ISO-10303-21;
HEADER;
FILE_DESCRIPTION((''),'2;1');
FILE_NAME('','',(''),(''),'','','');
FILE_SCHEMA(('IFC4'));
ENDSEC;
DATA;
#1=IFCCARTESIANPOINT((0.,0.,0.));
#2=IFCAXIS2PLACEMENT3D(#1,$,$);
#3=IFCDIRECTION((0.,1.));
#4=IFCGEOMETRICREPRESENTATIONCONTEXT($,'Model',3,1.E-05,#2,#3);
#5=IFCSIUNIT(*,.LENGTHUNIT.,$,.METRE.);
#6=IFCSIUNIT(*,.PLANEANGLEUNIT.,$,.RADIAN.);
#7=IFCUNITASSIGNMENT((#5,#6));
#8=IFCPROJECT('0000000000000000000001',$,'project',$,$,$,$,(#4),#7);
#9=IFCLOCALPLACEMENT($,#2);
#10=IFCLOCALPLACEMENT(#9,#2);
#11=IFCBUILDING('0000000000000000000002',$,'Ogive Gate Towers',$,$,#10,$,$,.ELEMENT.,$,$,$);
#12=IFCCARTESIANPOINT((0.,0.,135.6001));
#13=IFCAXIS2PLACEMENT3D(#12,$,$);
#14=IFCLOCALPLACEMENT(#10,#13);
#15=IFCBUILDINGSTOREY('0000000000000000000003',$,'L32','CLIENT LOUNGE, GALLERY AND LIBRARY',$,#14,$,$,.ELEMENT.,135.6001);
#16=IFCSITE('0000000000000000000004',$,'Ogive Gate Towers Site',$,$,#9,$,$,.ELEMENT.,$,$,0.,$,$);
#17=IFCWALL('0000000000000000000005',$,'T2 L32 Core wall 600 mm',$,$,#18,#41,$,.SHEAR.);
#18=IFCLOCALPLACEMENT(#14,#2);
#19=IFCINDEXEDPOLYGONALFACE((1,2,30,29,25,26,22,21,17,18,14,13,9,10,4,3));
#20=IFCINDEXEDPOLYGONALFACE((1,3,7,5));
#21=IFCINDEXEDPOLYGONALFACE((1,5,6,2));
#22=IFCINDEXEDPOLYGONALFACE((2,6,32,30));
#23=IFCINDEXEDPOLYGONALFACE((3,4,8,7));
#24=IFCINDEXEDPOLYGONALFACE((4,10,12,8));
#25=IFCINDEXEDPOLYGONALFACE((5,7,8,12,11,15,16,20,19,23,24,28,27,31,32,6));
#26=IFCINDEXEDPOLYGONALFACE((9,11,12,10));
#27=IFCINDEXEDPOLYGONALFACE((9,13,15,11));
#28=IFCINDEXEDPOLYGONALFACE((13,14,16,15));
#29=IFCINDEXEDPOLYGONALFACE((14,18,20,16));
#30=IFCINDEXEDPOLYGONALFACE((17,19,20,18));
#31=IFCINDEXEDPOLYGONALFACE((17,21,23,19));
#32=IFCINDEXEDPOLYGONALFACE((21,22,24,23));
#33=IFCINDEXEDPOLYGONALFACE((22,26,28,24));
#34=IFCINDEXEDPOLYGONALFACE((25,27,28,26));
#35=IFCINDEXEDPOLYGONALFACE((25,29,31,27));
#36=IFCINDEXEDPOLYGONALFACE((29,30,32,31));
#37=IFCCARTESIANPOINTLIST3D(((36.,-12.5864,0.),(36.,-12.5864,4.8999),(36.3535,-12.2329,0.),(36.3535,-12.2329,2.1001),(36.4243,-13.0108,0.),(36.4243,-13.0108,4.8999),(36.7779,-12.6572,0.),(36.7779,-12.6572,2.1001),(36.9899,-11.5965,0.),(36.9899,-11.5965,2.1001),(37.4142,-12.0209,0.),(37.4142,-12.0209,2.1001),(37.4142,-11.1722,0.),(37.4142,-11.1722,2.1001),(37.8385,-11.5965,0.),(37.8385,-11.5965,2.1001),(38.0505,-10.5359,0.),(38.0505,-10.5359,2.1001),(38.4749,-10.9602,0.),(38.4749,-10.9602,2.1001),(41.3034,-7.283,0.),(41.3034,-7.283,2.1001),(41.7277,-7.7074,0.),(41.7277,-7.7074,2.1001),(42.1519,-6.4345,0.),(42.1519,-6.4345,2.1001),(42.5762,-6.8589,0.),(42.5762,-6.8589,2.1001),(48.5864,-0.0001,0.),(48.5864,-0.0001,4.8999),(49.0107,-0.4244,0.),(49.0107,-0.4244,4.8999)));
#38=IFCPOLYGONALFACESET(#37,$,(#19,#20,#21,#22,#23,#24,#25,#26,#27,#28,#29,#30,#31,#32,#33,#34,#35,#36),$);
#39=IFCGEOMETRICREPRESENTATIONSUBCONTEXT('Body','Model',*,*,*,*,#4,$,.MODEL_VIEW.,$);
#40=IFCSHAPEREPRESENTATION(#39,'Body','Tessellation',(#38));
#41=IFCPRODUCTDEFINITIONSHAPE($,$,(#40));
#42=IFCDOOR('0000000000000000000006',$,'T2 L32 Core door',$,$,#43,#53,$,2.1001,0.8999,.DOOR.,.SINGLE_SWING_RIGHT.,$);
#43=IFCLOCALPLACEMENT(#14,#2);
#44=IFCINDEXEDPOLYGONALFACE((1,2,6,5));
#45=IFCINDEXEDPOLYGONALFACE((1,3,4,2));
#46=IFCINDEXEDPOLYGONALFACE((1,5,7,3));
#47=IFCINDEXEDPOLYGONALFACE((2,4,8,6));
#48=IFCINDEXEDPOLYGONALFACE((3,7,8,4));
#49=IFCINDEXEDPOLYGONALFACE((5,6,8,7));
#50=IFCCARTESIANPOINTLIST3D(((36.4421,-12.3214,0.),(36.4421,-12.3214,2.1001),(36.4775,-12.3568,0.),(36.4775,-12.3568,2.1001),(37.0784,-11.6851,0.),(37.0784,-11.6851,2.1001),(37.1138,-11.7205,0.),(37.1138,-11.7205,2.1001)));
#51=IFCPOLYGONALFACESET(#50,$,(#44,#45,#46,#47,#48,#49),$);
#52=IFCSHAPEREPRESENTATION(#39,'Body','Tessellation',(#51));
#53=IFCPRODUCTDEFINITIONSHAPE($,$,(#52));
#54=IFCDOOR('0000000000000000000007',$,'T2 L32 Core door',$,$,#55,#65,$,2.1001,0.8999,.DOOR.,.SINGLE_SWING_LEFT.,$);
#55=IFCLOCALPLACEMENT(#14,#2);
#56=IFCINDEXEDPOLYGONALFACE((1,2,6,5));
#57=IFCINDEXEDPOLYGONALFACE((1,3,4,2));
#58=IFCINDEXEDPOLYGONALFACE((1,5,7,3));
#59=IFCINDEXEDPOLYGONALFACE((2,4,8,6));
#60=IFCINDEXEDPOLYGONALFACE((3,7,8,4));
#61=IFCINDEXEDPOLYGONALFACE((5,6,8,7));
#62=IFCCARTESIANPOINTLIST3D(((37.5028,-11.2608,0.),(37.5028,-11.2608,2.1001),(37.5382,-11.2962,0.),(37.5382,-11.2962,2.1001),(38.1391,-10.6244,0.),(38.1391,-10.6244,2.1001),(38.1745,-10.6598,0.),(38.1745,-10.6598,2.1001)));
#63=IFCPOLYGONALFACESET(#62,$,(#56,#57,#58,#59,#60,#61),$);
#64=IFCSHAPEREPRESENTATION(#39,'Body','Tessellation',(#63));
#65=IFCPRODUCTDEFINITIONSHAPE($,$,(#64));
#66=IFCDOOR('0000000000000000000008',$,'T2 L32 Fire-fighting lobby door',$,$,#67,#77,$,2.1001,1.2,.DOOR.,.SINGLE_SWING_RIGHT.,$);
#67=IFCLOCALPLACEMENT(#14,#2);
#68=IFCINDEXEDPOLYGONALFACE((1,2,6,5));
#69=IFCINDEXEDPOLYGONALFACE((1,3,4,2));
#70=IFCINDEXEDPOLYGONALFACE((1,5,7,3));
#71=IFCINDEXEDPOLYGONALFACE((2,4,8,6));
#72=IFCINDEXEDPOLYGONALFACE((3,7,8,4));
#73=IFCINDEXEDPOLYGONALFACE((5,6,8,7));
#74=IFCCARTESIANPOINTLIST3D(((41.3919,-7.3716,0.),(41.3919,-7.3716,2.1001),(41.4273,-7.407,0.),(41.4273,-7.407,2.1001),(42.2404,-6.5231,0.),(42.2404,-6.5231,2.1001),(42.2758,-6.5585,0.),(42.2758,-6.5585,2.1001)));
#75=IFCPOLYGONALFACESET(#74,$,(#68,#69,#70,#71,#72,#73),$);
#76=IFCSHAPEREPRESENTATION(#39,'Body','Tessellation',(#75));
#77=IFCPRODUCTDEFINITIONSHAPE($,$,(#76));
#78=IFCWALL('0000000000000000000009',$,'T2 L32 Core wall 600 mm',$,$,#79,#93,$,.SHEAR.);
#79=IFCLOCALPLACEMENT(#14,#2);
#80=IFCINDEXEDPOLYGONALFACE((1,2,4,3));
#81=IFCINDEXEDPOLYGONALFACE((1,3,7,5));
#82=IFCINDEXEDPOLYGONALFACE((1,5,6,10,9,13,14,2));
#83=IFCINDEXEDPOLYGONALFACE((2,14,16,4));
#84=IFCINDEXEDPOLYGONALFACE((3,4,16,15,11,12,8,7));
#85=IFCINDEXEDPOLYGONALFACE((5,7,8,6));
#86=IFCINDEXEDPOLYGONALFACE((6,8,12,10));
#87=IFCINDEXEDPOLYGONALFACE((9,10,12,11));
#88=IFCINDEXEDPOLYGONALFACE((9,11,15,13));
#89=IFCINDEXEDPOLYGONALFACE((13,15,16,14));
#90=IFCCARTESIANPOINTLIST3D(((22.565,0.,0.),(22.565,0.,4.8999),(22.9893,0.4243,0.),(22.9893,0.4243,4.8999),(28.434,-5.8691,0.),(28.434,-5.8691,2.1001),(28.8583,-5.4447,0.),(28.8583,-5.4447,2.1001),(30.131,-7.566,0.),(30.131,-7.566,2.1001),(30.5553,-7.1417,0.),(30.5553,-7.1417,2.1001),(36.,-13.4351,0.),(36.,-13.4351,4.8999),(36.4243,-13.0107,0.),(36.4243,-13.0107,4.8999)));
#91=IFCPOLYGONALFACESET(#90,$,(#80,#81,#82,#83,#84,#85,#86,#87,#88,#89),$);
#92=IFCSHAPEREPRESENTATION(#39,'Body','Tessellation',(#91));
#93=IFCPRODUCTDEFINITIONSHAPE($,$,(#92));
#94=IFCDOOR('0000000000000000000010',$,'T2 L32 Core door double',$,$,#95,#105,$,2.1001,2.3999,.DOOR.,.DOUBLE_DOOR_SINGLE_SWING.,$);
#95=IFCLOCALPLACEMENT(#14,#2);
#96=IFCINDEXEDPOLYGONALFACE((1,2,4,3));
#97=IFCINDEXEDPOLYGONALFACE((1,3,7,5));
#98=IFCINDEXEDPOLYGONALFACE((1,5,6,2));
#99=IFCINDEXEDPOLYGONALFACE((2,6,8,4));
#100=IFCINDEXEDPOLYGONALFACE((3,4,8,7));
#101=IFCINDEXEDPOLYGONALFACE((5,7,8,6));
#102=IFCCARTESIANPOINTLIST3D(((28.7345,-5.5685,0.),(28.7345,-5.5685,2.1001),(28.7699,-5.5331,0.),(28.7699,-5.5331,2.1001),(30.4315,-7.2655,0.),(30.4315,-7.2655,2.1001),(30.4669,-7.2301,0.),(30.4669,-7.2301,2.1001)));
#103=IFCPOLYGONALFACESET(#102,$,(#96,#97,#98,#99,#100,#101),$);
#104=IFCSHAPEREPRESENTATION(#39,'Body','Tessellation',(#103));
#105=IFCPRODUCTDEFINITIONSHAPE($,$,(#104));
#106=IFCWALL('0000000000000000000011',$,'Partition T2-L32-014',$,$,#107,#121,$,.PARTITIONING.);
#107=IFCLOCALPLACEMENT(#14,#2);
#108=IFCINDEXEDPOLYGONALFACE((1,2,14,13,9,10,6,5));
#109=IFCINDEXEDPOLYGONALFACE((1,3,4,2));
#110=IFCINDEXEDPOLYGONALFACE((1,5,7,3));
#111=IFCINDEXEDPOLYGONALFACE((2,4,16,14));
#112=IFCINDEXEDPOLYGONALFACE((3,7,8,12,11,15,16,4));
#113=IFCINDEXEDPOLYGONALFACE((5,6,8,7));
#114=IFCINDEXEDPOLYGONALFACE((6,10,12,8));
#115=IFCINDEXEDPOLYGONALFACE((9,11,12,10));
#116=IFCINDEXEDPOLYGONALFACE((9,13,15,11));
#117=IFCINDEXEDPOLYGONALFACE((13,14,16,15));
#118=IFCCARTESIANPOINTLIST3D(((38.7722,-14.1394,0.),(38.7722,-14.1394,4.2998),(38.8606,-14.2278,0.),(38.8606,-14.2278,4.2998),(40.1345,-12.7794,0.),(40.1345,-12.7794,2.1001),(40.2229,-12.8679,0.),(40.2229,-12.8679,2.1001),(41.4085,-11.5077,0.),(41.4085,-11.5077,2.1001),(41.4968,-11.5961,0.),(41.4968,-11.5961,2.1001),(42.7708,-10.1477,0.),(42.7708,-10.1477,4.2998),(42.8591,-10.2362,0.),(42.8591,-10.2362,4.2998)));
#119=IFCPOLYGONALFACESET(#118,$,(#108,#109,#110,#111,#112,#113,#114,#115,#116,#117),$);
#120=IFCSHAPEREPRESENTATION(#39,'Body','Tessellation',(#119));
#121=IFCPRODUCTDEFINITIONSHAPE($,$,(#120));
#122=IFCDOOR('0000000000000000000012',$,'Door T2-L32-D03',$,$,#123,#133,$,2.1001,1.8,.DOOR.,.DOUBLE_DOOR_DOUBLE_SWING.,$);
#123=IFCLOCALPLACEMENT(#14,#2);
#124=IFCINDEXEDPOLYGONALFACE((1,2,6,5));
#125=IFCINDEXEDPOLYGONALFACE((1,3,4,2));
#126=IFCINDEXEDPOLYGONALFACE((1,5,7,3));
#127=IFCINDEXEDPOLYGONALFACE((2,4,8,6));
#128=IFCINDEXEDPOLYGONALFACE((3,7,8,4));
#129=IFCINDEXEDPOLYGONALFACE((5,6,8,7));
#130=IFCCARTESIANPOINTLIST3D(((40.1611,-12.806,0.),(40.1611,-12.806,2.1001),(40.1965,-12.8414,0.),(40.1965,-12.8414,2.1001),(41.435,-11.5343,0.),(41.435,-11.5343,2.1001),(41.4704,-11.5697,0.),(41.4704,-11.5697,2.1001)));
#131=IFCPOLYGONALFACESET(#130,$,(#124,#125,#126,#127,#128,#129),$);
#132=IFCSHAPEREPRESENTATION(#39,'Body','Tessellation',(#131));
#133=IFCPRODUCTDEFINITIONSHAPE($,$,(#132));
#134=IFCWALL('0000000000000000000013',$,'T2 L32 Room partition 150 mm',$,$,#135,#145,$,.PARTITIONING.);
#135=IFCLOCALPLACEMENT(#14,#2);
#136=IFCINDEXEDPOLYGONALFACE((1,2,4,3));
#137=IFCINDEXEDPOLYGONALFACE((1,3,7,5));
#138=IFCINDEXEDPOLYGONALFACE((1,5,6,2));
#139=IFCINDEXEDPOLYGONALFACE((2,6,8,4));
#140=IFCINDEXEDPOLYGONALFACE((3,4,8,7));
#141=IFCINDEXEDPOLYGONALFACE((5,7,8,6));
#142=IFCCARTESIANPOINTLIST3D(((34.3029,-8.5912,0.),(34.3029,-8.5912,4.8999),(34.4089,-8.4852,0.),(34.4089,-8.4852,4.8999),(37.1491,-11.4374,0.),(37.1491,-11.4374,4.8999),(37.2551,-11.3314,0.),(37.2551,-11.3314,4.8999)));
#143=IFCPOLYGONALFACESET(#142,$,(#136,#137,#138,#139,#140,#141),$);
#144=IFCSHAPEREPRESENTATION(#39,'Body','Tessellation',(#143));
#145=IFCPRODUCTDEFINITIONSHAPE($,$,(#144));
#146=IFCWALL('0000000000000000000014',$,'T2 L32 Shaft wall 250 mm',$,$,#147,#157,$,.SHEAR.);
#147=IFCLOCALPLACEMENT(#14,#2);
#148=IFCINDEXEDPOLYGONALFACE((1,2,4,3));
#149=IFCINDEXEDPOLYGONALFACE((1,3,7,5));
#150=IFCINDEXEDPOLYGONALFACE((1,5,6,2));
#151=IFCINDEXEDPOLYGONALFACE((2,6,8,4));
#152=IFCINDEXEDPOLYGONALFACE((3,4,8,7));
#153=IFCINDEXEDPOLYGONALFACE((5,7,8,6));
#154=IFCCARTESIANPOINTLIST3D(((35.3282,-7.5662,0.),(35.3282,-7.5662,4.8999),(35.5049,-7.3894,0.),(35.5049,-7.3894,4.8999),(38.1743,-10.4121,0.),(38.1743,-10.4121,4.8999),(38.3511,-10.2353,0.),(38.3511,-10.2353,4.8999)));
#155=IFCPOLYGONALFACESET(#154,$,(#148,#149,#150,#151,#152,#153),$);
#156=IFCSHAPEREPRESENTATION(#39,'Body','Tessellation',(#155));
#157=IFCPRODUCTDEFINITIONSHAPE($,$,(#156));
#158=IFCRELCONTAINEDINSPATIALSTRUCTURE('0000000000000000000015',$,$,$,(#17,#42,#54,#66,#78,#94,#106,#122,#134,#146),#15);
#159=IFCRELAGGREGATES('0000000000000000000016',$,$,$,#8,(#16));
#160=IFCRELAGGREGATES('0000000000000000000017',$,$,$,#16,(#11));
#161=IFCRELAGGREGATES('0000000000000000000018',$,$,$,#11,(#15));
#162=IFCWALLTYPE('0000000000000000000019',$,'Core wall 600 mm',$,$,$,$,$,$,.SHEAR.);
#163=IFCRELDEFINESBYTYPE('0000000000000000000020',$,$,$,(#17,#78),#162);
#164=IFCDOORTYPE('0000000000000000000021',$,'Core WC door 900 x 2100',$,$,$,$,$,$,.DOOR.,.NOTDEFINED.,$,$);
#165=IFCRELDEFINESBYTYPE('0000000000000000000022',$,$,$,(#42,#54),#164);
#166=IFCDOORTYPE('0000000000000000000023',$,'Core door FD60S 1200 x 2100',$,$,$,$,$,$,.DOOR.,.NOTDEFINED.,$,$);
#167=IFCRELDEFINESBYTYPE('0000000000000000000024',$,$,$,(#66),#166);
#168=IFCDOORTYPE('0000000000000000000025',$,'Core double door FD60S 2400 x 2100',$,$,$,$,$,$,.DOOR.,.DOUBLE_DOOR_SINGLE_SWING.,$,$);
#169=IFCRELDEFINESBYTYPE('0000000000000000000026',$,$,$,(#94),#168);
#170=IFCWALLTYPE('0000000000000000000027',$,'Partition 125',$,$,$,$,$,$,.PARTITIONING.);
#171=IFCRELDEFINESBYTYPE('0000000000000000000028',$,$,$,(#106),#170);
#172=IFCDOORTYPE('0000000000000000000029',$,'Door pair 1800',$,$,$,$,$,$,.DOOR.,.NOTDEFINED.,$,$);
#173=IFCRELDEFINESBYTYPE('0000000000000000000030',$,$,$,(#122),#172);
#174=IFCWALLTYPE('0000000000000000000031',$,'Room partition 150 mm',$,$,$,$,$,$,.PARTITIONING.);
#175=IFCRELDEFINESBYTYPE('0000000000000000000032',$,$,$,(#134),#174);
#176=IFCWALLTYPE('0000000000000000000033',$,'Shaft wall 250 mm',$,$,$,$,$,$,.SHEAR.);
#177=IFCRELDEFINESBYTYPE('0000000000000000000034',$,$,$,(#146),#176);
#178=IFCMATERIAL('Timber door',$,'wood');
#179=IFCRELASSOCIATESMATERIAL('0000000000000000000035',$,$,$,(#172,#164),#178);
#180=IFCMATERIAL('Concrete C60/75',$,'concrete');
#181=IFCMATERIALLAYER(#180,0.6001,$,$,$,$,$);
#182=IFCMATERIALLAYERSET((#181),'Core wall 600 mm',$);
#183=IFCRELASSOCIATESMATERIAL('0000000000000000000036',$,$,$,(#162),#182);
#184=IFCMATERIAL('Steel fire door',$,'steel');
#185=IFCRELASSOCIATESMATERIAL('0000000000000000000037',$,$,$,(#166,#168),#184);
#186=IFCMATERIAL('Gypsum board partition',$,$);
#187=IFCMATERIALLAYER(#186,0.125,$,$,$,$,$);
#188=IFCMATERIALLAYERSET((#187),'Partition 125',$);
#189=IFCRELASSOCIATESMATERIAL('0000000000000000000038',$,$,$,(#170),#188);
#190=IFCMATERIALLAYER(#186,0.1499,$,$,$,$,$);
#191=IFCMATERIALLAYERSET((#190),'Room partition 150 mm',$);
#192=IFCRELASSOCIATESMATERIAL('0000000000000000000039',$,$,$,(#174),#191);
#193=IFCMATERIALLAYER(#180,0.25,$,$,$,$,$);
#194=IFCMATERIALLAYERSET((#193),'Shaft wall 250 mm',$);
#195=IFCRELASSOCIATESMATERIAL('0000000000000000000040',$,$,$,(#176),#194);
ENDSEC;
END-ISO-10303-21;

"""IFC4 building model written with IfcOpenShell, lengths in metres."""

from ifc_helpers import new_model, si_unit, direction, frame, frame_2d, origin, place, context, subcontext, project, spatial, rectangle, extrude, material, layer, layer_set, type_object, element, fill, save


model = new_model("IFC4")

# Units and contexts
model_context = context("Model", 3, precision=1e-05, world=origin(), true_north=direction((0.0, 1.0)))
body_context = subcontext(model_context, "Body", "Model", "MODEL_VIEW")
ifc_project = project(units=[si_unit("LENGTHUNIT", "METRE"), si_unit("PLANEANGLEUNIT", "RADIAN")], contexts=[model_context])

# Site, building, storey
site_placement = place(None, origin())
site = spatial("IfcSite", under=ifc_project, at=site_placement, Name="Ogive Gate Towers Site", CompositionType="ELEMENT", RefElevation=0.0)
building_placement = place(site_placement, origin())
building = spatial("IfcBuilding", under=site, at=building_placement, Name="Ogive Gate Towers", CompositionType="ELEMENT")
storey_placement = place(building_placement, frame((0.0, 0.0, 135.6001)))
storey = spatial("IfcBuildingStorey", under=building, at=storey_placement, Name="L32", Description="CLIENT LOUNGE, GALLERY AND LIBRARY", CompositionType="ELEMENT", Elevation=135.6001)

# Shared definitions
ifc_material_1 = material(Name="Timber door", Category="wood")
door_type_1 = type_object("IfcDoorType", Name="Door pair 1800", OperationType="NOTDEFINED", PredefinedType="DOOR", material=ifc_material_1)

# Wall, openings, doors
ifc_material_2 = material(Name="Concrete C60/75", Category="concrete")
ifc_layer_1 = layer(ifc_material_2, 0.6001)
ifc_layer_set_1 = layer_set([ifc_layer_1], Name="Core wall 600 mm")
wall_type_1 = type_object("IfcWallType", Name="Core wall 600 mm", PredefinedType="SHEAR", material=ifc_layer_set_1)
wall_1_placement = place(storey_placement, frame((36.2122, -12.7986, 0.0), z_axis=(0.0, 0.0, 1.0), x_axis=(0.707107, 0.707107, 0.0)))
wall_1 = element("IfcWall", 1, at=wall_1_placement, inside=storey, type_object=wall_type_1, Name="T2 L32 Core wall 600 mm", PredefinedType="SHEAR", context=body_context, shape_type="SweptSolid", body=[
    extrude(rectangle(XDim=17.7998, YDim=0.6001, at=frame_2d((8.8999, 0.0))), origin(), (0.0, 0.0, 1.0), 4.8999),
])
opening_1_placement = place(wall_1_placement, frame((7.5, 0.0, 0.0)))
opening_1 = element("IfcOpeningElement", 2, at=opening_1_placement, cuts=wall_1, PredefinedType="OPENING", context=body_context, shape_type="SweptSolid", body=[
    extrude(rectangle(XDim=1.2, YDim=2.1001, at=frame_2d((0.6001, 1.05))), frame((0.0, 0.3101, 0.0), z_axis=(0.0, -1.0, 0.0), x_axis=(1.0, 0.0, 0.0)), (0.0, 0.0, 1.0), 0.6201),
])
opening_2_placement = place(wall_1_placement, frame((0.5, 0.0, 0.0)))
opening_2 = element("IfcOpeningElement", 3, at=opening_2_placement, cuts=wall_1, PredefinedType="OPENING", context=body_context, shape_type="SweptSolid", body=[
    extrude(rectangle(XDim=0.8999, YDim=2.1001, at=frame_2d((0.45, 1.05))), frame((0.0, 0.3101, 0.0), z_axis=(0.0, -1.0, 0.0), x_axis=(1.0, 0.0, 0.0)), (0.0, 0.0, 1.0), 0.6201),
])
opening_3_placement = place(wall_1_placement, frame((2.0, 0.0, 0.0)))
opening_3 = element("IfcOpeningElement", 4, at=opening_3_placement, cuts=wall_1, PredefinedType="OPENING", context=body_context, shape_type="SweptSolid", body=[
    extrude(rectangle(XDim=0.8999, YDim=2.1001, at=frame_2d((0.45, 1.05))), frame((0.0, 0.3101, 0.0), z_axis=(0.0, -1.0, 0.0), x_axis=(1.0, 0.0, 0.0)), (0.0, 0.0, 1.0), 0.6201),
])
door_type_2 = type_object("IfcDoorType", Name="Core WC door 900 x 2100", OperationType="NOTDEFINED", PredefinedType="DOOR", material=ifc_material_1)
door_1_placement = place(opening_2_placement, origin())
door_1 = element("IfcDoor", 5, at=door_1_placement, inside=storey, type_object=door_type_2, Name="T2 L32 Core door", OperationType="SINGLE_SWING_RIGHT", OverallHeight=2.1001, OverallWidth=0.8999, PredefinedType="DOOR", context=body_context, shape_type="SweptSolid", body=[
    extrude(rectangle(XDim=0.8999, YDim=2.1001, at=frame_2d((0.45, 1.05))), frame((0.0, 0.1748, 0.0), z_axis=(0.0, -1.0, 0.0), x_axis=(1.0, 0.0, 0.0)), (0.0, 0.0, 1.0), 0.05),
])
fill(opening_2, door_1)
door_2_placement = place(opening_3_placement, origin())
door_2 = element("IfcDoor", 6, at=door_2_placement, inside=storey, type_object=door_type_2, Name="T2 L32 Core door", OperationType="SINGLE_SWING_LEFT", OverallHeight=2.1001, OverallWidth=0.8999, PredefinedType="DOOR", context=body_context, shape_type="SweptSolid", body=[
    extrude(rectangle(XDim=0.8999, YDim=2.1001, at=frame_2d((0.45, 1.05))), frame((0.0, 0.1748, 0.0), z_axis=(0.0, -1.0, 0.0), x_axis=(1.0, 0.0, 0.0)), (0.0, 0.0, 1.0), 0.05),
])
fill(opening_3, door_2)
ifc_material_3 = material(Name="Steel fire door", Category="steel")
door_type_3 = type_object("IfcDoorType", Name="Core door FD60S 1200 x 2100", OperationType="NOTDEFINED", PredefinedType="DOOR", material=ifc_material_3)
door_3_placement = place(opening_1_placement, origin())
door_3 = element("IfcDoor", 7, at=door_3_placement, inside=storey, type_object=door_type_3, Name="T2 L32 Fire-fighting lobby door", OperationType="SINGLE_SWING_RIGHT", OverallHeight=2.1001, OverallWidth=1.2, PredefinedType="DOOR", context=body_context, shape_type="SweptSolid", body=[
    extrude(rectangle(XDim=1.2, YDim=2.1001, at=frame_2d((0.6001, 1.05))), frame((0.0, 0.1748, 0.0), z_axis=(0.0, -1.0, 0.0), x_axis=(1.0, 0.0, 0.0)), (0.0, 0.0, 1.0), 0.05),
])
fill(opening_1, door_3)

# Walls, openings, doors
wall_2_placement = place(storey_placement, frame((36.2122, -13.2229, 0.0), z_axis=(0.0, 0.0, 1.0), x_axis=(-0.707107, 0.707107, 0.0)))
wall_2 = element("IfcWall", 8, at=wall_2_placement, inside=storey, type_object=wall_type_1, Name="T2 L32 Core wall 600 mm", PredefinedType="SHEAR", context=body_context, shape_type="SweptSolid", body=[
    extrude(rectangle(XDim=19.0, YDim=0.6001, at=frame_2d((9.5, 0.0))), origin(), (0.0, 0.0, 1.0), 4.8999),
])
opening_4_placement = place(wall_2_placement, frame((8.3, 0.0, 0.0)))
opening_4 = element("IfcOpeningElement", 9, at=opening_4_placement, cuts=wall_2, PredefinedType="OPENING", context=body_context, shape_type="SweptSolid", body=[
    extrude(rectangle(XDim=2.3999, YDim=2.1001, at=frame_2d((1.2, 1.05))), frame((0.0, 0.3101, 0.0), z_axis=(0.0, -1.0, 0.0), x_axis=(1.0, 0.0, 0.0)), (0.0, 0.0, 1.0), 0.6201),
])
door_type_4 = type_object("IfcDoorType", Name="Core double door FD60S 2400 x 2100", OperationType="DOUBLE_DOOR_SINGLE_SWING", PredefinedType="DOOR", material=ifc_material_3)
door_4_placement = place(opening_4_placement, origin())
door_4 = element("IfcDoor", 10, at=door_4_placement, inside=storey, type_object=door_type_4, Name="T2 L32 Core door double", OperationType="DOUBLE_DOOR_SINGLE_SWING", OverallHeight=2.1001, OverallWidth=2.3999, PredefinedType="DOOR", context=body_context, shape_type="SweptSolid", body=[
    extrude(rectangle(XDim=2.3999, YDim=2.1001, at=frame_2d((1.2, 1.05))), frame((0.0, -0.125, 0.0), z_axis=(0.0, -1.0, 0.0), x_axis=(1.0, 0.0, 0.0)), (0.0, 0.0, 1.0), 0.05),
])
fill(opening_4, door_4)
ifc_material_4 = material(Name="Gypsum board partition")
ifc_layer_2 = layer(ifc_material_4, 0.125)
ifc_layer_set_2 = layer_set([ifc_layer_2], Name="Partition 125")
wall_type_2 = type_object("IfcWallType", Name="Partition 125", PredefinedType="PARTITIONING", material=ifc_layer_set_2)
wall_3_placement = place(storey_placement, frame((38.8164, -14.1836, 0.0), z_axis=(0.0, 0.0, 1.0), x_axis=(0.707711, 0.706502, 0.0)))
wall_3 = element("IfcWall", 11, at=wall_3_placement, inside=storey, type_object=wall_type_2, Name="Partition T2-L32-014", PredefinedType="PARTITIONING", context=body_context, shape_type="SweptSolid", body=[
    extrude(rectangle(XDim=5.6499, YDim=0.125, at=frame_2d((2.825, 0.0))), origin(), (0.0, 0.0, 1.0), 4.2998),
])
opening_5_placement = place(wall_3_placement, frame((1.925, 0.0, 0.0)))
opening_5 = element("IfcOpeningElement", 12, at=opening_5_placement, cuts=wall_3, PredefinedType="OPENING", context=body_context, shape_type="SweptSolid", body=[
    extrude(rectangle(XDim=1.8, YDim=2.1001, at=frame_2d((0.8999, 1.05))), frame((0.0, 0.0725, 0.0), z_axis=(0.0, -1.0, 0.0), x_axis=(1.0, 0.0, 0.0)), (0.0, 0.0, 1.0), 0.145),
])
door_5_placement = place(opening_5_placement, origin())
door_5 = element("IfcDoor", 13, at=door_5_placement, inside=storey, type_object=door_type_1, Name="Door T2-L32-D03", OperationType="DOUBLE_DOOR_DOUBLE_SWING", OverallHeight=2.1001, OverallWidth=1.8, PredefinedType="DOOR", context=body_context, shape_type="SweptSolid", body=[
    extrude(rectangle(XDim=1.8, YDim=2.1001, at=frame_2d((0.8999, 1.05))), frame((0.0, 0.0249, 0.0), z_axis=(0.0, -1.0, 0.0), x_axis=(1.0, 0.0, 0.0)), (0.0, 0.0, 1.0), 0.05),
])
fill(opening_5, door_5)

# Walls
ifc_layer_3 = layer(ifc_material_4, 0.1499)
ifc_layer_set_3 = layer_set([ifc_layer_3], Name="Room partition 150 mm")
wall_type_3 = type_object("IfcWallType", Name="Room partition 150 mm", PredefinedType="PARTITIONING", material=ifc_layer_set_3)
wall_4_placement = place(storey_placement, frame((37.2021, -11.3845, 0.0), z_axis=(0.0, 0.0, 1.0), x_axis=(-0.707107, 0.707107, 0.0)))
element("IfcWall", 14, at=wall_4_placement, inside=storey, type_object=wall_type_3, Name="T2 L32 Room partition 150 mm", PredefinedType="PARTITIONING", context=body_context, shape_type="SweptSolid", body=[
    extrude(rectangle(XDim=4.0251, YDim=0.1499, at=frame_2d((2.0127, 0.0))), origin(), (0.0, 0.0, 1.0), 4.8999),
])
ifc_layer_4 = layer(ifc_material_2, 0.25)
ifc_layer_set_4 = layer_set([ifc_layer_4], Name="Shaft wall 250 mm")
wall_type_4 = type_object("IfcWallType", Name="Shaft wall 250 mm", PredefinedType="SHEAR", material=ifc_layer_set_4)
wall_5_placement = place(storey_placement, frame((38.2627, -10.3237, 0.0), z_axis=(0.0, 0.0, 1.0), x_axis=(-0.707137, 0.707076, 0.0)))
element("IfcWall", 15, at=wall_5_placement, inside=storey, type_object=wall_type_4, Name="T2 L32 Shaft wall 250 mm", PredefinedType="SHEAR", context=body_context, shape_type="SweptSolid", body=[
    extrude(rectangle(XDim=4.0249, YDim=0.25, at=frame_2d((2.0125, 0.0))), origin(), (0.0, 0.0, 1.0), 4.8999),
])

save(model, "model.ifc")
